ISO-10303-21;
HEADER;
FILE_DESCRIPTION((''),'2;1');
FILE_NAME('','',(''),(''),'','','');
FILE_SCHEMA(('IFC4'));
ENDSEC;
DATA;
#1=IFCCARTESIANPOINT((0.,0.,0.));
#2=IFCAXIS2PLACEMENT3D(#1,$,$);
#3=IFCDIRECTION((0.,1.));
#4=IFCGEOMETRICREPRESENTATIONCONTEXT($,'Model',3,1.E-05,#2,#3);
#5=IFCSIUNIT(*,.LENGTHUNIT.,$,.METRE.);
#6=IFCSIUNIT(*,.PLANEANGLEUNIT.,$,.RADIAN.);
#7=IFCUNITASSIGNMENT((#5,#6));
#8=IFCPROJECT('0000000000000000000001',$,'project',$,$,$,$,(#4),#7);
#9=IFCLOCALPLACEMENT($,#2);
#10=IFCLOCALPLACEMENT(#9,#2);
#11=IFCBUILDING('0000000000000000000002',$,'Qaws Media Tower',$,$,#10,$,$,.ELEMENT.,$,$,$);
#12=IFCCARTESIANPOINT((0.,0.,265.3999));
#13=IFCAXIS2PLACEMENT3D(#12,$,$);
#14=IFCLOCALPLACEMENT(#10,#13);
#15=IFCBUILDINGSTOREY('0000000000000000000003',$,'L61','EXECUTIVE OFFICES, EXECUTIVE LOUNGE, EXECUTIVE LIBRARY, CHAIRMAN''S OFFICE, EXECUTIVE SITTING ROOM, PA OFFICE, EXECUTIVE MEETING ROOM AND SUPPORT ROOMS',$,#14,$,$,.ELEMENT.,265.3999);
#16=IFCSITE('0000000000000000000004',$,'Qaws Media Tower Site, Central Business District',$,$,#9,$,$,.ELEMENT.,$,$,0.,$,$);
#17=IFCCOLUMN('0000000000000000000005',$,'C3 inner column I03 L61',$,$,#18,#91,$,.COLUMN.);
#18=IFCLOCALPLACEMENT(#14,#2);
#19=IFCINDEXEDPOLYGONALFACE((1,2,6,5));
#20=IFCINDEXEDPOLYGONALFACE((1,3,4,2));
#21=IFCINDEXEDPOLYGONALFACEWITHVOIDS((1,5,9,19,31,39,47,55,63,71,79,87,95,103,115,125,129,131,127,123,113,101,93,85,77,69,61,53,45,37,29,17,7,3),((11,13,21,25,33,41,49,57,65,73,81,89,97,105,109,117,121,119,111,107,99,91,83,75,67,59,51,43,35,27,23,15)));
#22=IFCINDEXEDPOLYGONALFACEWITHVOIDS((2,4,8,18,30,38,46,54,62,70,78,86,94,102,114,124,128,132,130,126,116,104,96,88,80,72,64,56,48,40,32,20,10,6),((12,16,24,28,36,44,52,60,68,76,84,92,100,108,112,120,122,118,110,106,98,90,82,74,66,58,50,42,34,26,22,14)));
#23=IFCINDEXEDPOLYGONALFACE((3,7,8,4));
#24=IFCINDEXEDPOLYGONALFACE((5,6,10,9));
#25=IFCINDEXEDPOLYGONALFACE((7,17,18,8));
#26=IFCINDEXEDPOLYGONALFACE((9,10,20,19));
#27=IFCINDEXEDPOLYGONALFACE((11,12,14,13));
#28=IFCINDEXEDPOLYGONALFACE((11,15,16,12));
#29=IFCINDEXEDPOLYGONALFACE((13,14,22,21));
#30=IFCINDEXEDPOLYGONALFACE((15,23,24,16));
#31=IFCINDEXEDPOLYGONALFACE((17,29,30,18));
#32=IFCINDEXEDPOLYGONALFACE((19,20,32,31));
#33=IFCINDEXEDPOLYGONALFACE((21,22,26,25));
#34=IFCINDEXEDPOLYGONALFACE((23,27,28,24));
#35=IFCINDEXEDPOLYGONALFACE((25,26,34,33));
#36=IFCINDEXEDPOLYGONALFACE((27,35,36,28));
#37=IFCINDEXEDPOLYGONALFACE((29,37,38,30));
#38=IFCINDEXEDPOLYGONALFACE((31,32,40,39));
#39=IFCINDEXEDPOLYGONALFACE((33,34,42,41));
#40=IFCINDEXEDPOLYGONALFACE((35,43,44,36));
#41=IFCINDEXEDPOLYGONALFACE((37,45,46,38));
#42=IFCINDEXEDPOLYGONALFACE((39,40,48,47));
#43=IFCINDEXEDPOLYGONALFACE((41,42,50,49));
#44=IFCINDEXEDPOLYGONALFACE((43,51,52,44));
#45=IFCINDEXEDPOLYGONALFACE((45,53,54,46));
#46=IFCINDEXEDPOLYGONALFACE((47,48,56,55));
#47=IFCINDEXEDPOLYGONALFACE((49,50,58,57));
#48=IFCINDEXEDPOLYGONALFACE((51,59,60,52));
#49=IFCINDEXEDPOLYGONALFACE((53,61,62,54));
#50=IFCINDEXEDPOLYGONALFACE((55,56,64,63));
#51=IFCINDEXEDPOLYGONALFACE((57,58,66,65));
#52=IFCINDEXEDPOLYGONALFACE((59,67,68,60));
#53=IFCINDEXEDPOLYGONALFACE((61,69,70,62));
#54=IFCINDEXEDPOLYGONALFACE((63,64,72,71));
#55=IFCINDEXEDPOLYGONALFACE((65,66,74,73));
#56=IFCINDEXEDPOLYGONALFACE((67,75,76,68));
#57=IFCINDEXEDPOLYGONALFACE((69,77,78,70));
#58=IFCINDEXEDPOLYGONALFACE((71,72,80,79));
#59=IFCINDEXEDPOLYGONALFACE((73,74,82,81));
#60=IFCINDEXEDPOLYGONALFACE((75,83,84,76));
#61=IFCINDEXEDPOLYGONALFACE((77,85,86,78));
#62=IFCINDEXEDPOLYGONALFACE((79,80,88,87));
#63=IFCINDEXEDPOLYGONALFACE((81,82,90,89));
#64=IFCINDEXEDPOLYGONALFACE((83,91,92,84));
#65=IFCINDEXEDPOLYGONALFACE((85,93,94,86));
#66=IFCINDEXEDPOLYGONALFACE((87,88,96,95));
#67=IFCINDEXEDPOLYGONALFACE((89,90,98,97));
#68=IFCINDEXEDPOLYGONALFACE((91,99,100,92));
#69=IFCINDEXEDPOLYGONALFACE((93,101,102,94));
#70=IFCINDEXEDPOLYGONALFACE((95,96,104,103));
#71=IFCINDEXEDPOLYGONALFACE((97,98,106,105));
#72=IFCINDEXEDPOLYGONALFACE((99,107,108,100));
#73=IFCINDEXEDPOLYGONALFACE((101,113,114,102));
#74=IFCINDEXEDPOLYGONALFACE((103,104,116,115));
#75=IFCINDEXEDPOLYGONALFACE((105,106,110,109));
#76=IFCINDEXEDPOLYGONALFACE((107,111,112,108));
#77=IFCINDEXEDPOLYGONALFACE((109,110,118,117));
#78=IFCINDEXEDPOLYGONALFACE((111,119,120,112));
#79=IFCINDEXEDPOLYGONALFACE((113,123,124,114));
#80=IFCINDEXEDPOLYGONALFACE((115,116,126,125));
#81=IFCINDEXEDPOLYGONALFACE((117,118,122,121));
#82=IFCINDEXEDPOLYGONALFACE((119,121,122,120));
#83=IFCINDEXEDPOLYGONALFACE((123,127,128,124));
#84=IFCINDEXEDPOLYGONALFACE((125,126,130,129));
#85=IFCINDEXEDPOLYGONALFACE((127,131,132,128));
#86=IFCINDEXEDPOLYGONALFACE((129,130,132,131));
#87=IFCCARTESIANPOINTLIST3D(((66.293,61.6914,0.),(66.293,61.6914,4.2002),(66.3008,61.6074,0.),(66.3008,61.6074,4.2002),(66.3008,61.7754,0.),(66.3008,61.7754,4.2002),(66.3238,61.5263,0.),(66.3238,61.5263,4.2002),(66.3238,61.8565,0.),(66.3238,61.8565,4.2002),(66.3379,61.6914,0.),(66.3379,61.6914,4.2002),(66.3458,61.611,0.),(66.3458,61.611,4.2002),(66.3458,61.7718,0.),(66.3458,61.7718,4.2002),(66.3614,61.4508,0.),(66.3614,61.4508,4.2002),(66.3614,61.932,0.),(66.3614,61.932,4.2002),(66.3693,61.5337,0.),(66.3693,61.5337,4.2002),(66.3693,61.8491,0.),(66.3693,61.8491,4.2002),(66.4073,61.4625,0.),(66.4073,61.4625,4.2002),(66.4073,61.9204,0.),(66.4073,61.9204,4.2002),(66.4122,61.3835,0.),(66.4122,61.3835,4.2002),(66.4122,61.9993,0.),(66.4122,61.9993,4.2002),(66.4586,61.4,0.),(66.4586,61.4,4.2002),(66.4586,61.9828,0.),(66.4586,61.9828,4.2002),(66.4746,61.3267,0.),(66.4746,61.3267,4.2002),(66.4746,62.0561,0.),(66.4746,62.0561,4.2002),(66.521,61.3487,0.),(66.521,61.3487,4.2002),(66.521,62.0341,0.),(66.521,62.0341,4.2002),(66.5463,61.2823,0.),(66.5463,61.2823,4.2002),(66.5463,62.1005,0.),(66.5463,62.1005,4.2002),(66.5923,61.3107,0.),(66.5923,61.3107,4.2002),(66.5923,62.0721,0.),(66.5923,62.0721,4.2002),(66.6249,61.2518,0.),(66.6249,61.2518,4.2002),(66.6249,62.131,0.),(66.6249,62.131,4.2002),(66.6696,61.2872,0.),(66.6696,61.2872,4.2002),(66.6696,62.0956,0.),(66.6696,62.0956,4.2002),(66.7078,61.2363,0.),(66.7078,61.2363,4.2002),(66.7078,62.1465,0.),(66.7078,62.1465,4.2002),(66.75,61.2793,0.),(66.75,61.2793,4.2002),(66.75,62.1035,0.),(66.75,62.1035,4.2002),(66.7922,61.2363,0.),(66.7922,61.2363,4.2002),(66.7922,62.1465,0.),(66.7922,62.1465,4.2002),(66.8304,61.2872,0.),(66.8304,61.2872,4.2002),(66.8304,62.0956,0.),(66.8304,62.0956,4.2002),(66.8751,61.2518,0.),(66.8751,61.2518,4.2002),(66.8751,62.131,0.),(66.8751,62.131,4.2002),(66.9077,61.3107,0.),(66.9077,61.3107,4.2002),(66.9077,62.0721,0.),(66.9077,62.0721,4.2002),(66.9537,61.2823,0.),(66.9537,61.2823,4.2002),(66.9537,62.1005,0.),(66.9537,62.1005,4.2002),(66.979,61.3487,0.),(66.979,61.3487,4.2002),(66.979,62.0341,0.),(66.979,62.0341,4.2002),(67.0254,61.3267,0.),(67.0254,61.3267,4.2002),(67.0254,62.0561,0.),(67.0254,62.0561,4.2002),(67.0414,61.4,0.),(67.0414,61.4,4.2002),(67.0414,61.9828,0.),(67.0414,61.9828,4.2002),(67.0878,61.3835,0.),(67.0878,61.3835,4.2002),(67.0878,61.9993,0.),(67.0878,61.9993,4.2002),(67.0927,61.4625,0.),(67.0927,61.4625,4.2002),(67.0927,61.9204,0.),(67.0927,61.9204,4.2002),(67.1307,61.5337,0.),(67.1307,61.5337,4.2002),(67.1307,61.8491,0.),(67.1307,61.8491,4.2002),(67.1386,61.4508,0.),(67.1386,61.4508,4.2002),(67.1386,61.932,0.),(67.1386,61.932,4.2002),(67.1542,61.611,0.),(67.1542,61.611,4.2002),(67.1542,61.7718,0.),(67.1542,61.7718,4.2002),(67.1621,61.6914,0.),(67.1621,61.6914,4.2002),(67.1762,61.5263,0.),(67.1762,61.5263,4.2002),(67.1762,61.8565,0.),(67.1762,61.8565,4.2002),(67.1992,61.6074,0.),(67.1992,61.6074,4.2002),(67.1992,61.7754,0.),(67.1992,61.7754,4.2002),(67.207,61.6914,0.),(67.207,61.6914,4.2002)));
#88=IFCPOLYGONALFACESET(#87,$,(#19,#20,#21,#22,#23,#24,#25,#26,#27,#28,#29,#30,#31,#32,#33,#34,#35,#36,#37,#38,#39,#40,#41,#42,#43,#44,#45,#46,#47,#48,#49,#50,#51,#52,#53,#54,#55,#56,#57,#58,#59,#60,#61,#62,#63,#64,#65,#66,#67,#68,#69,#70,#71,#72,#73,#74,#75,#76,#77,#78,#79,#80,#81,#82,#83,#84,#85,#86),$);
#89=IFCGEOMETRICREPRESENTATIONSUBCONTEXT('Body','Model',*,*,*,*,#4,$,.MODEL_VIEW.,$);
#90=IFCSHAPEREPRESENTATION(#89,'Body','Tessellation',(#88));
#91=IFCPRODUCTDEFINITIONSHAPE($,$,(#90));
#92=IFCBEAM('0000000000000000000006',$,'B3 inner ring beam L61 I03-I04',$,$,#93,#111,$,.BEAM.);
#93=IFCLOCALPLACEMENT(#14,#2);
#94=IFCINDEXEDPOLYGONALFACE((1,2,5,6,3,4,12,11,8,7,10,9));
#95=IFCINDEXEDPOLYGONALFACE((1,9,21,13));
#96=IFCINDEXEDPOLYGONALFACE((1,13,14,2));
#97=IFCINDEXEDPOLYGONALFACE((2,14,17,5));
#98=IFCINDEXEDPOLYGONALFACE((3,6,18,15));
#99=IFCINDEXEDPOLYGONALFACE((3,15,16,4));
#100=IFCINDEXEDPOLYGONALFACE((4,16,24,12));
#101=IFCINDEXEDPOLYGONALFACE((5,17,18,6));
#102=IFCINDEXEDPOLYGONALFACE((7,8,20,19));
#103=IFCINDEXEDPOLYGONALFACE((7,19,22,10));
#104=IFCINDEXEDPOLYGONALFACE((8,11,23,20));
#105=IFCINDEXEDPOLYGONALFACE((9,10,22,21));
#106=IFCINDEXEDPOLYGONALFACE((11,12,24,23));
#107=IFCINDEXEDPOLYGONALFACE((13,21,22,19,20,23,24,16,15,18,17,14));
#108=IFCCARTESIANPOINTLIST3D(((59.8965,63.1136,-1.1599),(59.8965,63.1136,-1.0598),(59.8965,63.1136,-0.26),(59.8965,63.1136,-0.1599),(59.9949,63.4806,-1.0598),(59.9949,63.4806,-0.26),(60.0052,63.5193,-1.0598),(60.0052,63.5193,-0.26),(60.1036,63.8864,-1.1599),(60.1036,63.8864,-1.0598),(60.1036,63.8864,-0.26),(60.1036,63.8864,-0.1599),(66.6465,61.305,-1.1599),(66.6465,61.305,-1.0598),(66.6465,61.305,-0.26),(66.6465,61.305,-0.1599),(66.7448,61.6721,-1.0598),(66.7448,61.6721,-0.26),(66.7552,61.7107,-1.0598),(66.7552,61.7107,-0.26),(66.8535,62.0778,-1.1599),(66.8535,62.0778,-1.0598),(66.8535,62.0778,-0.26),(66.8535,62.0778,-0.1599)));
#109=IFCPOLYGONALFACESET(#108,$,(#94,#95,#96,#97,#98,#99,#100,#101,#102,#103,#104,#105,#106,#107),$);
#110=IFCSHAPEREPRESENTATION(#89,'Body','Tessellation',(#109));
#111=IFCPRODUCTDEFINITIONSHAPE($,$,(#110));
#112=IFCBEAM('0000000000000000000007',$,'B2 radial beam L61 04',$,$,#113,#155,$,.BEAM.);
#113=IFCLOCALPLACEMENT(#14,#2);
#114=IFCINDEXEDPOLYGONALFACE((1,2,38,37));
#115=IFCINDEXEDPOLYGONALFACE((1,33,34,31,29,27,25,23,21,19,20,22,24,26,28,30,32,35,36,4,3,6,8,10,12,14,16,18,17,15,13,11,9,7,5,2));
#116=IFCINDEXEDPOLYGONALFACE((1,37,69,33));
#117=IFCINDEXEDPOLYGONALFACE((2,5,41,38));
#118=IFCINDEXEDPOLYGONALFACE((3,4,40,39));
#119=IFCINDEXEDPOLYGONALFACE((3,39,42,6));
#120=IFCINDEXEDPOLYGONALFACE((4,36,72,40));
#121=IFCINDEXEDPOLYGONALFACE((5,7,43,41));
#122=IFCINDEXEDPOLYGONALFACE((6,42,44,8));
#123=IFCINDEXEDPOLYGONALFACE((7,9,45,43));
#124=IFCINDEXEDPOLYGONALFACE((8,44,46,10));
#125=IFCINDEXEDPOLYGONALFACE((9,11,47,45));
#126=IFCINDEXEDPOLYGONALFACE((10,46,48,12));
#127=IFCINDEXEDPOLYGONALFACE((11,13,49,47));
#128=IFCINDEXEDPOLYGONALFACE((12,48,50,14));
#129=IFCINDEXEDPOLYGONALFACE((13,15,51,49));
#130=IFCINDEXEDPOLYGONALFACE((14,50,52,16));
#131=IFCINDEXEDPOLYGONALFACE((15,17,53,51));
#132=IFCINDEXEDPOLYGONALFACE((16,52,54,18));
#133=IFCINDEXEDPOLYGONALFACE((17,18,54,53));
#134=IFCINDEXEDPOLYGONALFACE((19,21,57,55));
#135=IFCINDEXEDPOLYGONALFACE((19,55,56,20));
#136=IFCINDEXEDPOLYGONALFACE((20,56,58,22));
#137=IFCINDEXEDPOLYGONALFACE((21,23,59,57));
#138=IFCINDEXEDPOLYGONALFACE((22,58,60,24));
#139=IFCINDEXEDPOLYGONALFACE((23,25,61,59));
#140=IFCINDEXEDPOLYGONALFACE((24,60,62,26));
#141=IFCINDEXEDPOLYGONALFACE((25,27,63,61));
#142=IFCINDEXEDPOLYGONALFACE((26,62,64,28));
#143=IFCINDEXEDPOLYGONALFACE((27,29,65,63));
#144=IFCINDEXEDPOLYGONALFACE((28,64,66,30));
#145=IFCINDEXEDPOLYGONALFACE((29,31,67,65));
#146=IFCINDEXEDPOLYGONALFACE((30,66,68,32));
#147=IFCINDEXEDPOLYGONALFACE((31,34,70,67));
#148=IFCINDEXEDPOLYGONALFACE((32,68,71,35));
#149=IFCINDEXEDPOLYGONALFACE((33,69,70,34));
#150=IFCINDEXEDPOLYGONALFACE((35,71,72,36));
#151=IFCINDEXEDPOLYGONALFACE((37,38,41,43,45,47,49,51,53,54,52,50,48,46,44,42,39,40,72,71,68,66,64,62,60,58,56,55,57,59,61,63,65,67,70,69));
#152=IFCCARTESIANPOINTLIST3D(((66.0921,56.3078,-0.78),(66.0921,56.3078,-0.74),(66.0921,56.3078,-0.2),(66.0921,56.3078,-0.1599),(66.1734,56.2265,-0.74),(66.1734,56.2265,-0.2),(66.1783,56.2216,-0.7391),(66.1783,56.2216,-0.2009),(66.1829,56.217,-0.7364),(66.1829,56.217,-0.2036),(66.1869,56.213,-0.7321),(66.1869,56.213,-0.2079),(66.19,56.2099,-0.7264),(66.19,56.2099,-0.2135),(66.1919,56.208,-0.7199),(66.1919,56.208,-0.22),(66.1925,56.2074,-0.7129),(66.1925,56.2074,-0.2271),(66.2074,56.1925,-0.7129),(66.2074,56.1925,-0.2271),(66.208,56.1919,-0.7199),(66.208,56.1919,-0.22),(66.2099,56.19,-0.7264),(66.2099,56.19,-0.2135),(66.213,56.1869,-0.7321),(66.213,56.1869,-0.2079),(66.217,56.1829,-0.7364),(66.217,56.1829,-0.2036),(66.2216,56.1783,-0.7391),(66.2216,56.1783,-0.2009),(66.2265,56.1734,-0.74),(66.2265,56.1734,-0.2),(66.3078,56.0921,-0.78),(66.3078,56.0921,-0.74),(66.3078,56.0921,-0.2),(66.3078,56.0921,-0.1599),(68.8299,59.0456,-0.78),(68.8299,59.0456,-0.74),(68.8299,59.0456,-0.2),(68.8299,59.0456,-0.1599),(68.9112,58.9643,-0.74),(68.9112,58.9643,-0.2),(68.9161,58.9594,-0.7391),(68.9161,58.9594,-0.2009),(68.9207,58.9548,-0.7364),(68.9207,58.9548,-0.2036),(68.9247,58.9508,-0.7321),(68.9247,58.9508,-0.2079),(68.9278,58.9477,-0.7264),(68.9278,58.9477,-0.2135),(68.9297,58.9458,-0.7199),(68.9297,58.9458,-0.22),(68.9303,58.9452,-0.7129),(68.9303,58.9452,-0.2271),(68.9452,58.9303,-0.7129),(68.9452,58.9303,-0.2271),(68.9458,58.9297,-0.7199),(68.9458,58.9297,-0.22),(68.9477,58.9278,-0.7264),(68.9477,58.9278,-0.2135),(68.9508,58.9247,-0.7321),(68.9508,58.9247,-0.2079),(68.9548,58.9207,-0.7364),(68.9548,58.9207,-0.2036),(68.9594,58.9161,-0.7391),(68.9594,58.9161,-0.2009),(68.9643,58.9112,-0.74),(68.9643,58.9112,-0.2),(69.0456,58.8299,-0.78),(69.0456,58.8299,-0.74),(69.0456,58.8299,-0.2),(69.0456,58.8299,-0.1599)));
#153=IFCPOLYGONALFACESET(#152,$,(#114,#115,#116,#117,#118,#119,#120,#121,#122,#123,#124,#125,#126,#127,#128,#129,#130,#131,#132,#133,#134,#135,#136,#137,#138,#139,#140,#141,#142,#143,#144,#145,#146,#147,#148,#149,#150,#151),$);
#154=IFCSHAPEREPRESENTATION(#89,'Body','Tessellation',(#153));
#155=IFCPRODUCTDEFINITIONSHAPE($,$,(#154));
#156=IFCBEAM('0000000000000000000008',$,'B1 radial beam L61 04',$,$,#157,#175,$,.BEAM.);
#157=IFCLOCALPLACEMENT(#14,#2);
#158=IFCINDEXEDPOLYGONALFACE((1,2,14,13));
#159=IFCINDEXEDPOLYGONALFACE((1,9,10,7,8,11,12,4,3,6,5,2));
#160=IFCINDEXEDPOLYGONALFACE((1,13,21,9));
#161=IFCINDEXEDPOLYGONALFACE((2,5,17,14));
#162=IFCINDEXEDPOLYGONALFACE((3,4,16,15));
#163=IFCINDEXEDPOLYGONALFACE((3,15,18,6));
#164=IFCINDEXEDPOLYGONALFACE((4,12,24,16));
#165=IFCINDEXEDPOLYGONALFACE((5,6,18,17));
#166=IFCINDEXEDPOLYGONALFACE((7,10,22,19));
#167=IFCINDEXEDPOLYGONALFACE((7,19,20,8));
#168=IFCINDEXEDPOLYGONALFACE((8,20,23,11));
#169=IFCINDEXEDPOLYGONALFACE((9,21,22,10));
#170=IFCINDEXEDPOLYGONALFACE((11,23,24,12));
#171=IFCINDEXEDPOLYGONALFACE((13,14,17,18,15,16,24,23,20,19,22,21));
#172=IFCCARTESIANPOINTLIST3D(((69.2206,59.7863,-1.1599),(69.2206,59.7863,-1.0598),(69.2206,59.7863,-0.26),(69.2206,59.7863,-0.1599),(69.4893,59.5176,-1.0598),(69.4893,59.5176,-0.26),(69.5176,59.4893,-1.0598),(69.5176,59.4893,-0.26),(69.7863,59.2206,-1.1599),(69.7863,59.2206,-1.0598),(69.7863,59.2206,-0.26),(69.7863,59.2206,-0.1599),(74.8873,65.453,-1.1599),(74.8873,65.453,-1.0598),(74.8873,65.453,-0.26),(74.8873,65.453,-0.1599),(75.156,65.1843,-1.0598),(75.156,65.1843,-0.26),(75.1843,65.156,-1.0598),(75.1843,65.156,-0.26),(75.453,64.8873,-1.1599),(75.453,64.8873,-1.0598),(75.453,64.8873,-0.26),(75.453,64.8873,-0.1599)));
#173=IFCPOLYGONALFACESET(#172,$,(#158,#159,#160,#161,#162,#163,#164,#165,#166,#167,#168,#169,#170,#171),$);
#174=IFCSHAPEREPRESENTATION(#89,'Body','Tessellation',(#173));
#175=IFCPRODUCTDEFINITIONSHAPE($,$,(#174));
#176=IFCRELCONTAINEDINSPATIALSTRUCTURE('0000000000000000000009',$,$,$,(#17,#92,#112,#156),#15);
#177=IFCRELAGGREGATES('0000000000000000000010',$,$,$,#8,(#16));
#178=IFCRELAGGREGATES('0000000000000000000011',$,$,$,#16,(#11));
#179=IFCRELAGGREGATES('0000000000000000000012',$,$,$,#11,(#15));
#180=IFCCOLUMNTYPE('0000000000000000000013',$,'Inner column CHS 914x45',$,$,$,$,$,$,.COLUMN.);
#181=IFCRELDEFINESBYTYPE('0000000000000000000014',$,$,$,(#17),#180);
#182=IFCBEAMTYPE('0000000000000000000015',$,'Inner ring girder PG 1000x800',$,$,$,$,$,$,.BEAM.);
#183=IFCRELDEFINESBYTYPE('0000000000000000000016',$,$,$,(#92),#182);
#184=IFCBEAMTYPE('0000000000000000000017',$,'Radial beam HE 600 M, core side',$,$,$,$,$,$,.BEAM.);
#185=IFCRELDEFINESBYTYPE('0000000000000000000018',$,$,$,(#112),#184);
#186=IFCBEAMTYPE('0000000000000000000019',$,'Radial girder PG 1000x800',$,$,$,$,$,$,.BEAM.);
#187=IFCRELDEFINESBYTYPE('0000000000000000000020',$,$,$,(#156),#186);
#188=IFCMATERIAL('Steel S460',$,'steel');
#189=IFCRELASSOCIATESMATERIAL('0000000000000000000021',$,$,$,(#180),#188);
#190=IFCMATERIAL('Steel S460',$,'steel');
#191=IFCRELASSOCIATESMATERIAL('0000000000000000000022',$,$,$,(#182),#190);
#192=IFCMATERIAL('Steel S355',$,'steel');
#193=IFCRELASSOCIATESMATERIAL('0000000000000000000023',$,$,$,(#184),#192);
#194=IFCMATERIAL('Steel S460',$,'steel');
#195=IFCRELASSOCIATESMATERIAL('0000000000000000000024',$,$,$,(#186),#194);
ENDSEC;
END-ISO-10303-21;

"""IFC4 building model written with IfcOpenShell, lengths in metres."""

from ifc_helpers import new_model, si_unit, direction, frame, origin, origin_2d, place, context, subcontext, project, spatial, hollow_circle, i_section, extrude, material, material_profile, profile_set, type_object, element, save


model = new_model("IFC4")

# Units and contexts
model_context = context("Model", 3, precision=1e-05, world=origin(), true_north=direction((0.0, 1.0)))
body_context = subcontext(model_context, "Body", "Model", "MODEL_VIEW")
ifc_project = project(units=[si_unit("LENGTHUNIT", "METRE"), si_unit("PLANEANGLEUNIT", "RADIAN")], contexts=[model_context])

# Site, building, storey
site_placement = place(None, origin())
site = spatial("IfcSite", under=ifc_project, at=site_placement, Name="Qaws Media Tower Site, Central Business District", CompositionType="ELEMENT", RefElevation=0.0)
building_placement = place(site_placement, origin())
building = spatial("IfcBuilding", under=site, at=building_placement, Name="Qaws Media Tower", CompositionType="ELEMENT")
storey_placement = place(building_placement, frame((0.0, 0.0, 265.3999)))
storey = spatial("IfcBuildingStorey", under=building, at=storey_placement, Name="L61", Description="EXECUTIVE OFFICES, EXECUTIVE LOUNGE, EXECUTIVE LIBRARY, CHAIRMAN'S OFFICE, EXECUTIVE SITTING ROOM, PA OFFICE, EXECUTIVE MEETING ROOM AND SUPPORT ROOMS", CompositionType="ELEMENT", Elevation=265.3999)

# Column
ifc_material_1 = material(Name="Steel S460", Category="steel")
ifc_material_profile_1 = material_profile(ifc_material_1, hollow_circle(Radius=0.457, WallThickness=0.0449, at=origin_2d()), Name="CHS 914x45")
ifc_profile_set_1 = profile_set([ifc_material_profile_1], Name="Steel S460")
column_type = type_object("IfcColumnType", Name="Inner column CHS 914x45", PredefinedType="COLUMN", material=ifc_profile_set_1)
column_placement = place(storey_placement, frame((66.75, 61.6914, 0.0), z_axis=(0.0, 0.0, 1.0), x_axis=(1.0, 0.0, 0.0)))
element("IfcColumn", 1, at=column_placement, inside=storey, type_object=column_type, Name="C3 inner column I03 L61", PredefinedType="COLUMN", context=body_context, shape_type="SweptSolid", body=[
    extrude(hollow_circle(Radius=0.457, WallThickness=0.0449, at=origin_2d()), origin(), (0.0, 0.0, 1.0), 4.2002),
])

# Beams
ifc_material_2 = material(Name="Steel S460", Category="steel")
ifc_material_profile_2 = material_profile(ifc_material_2, i_section(OverallWidth=0.8, OverallDepth=1.0, WebThickness=0.04, FlangeThickness=0.1001, at=origin_2d()), Name="PG 1000x800")
ifc_profile_set_2 = profile_set([ifc_material_profile_2], Name="Steel S460")
beam_type_1 = type_object("IfcBeamType", Name="Inner ring girder PG 1000x800", PredefinedType="BEAM", material=ifc_profile_set_2)
beam_1_placement = place(storey_placement, frame((66.75, 61.6914, -0.6599), z_axis=(-0.965928, 0.258811, 0.0), x_axis=(-0.258811, -0.965928, 0.0)))
element("IfcBeam", 2, at=beam_1_placement, inside=storey, type_object=beam_type_1, Name="B3 inner ring beam L61 I03-I04", PredefinedType="BEAM", context=body_context, shape_type="SweptSolid", body=[
    extrude(i_section(OverallWidth=0.8, OverallDepth=1.0, WebThickness=0.04, FlangeThickness=0.1001, at=origin_2d()), origin(), (0.0, 0.0, 1.0), 6.988),
])
ifc_material_3 = material(Name="Steel S355", Category="steel")
ifc_material_profile_3 = material_profile(ifc_material_3, i_section(OverallWidth=0.3049, OverallDepth=0.6201, WebThickness=0.021, FlangeThickness=0.04, FilletRadius=0.0271, at=origin_2d()), Name="HE 600 M")
ifc_profile_set_3 = profile_set([ifc_material_profile_3], Name="Steel S355")
beam_type_2 = type_object("IfcBeamType", Name="Radial beam HE 600 M, core side", PredefinedType="BEAM", material=ifc_profile_set_3)
beam_2_placement = place(storey_placement, frame((66.2, 56.2, -0.47), z_axis=(0.707107, 0.707107, 0.0), x_axis=(-0.707107, 0.707107, 0.0)))
element("IfcBeam", 3, at=beam_2_placement, inside=storey, type_object=beam_type_2, Name="B2 radial beam L61 04", PredefinedType="BEAM", context=body_context, shape_type="SweptSolid", body=[
    extrude(i_section(OverallWidth=0.3049, OverallDepth=0.6201, WebThickness=0.021, FlangeThickness=0.04, FilletRadius=0.0271, at=origin_2d()), origin(), (0.0, 0.0, 1.0), 3.8718),
])
ifc_material_4 = material(Name="Steel S460", Category="steel")
ifc_material_profile_4 = material_profile(ifc_material_4, i_section(OverallWidth=0.8, OverallDepth=1.0, WebThickness=0.04, FlangeThickness=0.1001, at=origin_2d()), Name="PG 1000x800")
ifc_profile_set_4 = profile_set([ifc_material_profile_4], Name="Steel S460")
beam_type_3 = type_object("IfcBeamType", Name="Radial girder PG 1000x800", PredefinedType="BEAM", material=ifc_profile_set_4)
beam_3_placement = place(storey_placement, frame((69.5034, 59.5034, -0.6599), z_axis=(0.707107, 0.707107, 0.0), x_axis=(-0.707107, 0.707107, 0.0)))
element("IfcBeam", 4, at=beam_3_placement, inside=storey, type_object=beam_type_3, Name="B1 radial beam L61 04", PredefinedType="BEAM", context=body_context, shape_type="SweptSolid", body=[
    extrude(i_section(OverallWidth=0.8, OverallDepth=1.0, WebThickness=0.04, FlangeThickness=0.1001, at=origin_2d()), origin(), (0.0, 0.0, 1.0), 8.0139),
])

save(model, "model.ifc")
